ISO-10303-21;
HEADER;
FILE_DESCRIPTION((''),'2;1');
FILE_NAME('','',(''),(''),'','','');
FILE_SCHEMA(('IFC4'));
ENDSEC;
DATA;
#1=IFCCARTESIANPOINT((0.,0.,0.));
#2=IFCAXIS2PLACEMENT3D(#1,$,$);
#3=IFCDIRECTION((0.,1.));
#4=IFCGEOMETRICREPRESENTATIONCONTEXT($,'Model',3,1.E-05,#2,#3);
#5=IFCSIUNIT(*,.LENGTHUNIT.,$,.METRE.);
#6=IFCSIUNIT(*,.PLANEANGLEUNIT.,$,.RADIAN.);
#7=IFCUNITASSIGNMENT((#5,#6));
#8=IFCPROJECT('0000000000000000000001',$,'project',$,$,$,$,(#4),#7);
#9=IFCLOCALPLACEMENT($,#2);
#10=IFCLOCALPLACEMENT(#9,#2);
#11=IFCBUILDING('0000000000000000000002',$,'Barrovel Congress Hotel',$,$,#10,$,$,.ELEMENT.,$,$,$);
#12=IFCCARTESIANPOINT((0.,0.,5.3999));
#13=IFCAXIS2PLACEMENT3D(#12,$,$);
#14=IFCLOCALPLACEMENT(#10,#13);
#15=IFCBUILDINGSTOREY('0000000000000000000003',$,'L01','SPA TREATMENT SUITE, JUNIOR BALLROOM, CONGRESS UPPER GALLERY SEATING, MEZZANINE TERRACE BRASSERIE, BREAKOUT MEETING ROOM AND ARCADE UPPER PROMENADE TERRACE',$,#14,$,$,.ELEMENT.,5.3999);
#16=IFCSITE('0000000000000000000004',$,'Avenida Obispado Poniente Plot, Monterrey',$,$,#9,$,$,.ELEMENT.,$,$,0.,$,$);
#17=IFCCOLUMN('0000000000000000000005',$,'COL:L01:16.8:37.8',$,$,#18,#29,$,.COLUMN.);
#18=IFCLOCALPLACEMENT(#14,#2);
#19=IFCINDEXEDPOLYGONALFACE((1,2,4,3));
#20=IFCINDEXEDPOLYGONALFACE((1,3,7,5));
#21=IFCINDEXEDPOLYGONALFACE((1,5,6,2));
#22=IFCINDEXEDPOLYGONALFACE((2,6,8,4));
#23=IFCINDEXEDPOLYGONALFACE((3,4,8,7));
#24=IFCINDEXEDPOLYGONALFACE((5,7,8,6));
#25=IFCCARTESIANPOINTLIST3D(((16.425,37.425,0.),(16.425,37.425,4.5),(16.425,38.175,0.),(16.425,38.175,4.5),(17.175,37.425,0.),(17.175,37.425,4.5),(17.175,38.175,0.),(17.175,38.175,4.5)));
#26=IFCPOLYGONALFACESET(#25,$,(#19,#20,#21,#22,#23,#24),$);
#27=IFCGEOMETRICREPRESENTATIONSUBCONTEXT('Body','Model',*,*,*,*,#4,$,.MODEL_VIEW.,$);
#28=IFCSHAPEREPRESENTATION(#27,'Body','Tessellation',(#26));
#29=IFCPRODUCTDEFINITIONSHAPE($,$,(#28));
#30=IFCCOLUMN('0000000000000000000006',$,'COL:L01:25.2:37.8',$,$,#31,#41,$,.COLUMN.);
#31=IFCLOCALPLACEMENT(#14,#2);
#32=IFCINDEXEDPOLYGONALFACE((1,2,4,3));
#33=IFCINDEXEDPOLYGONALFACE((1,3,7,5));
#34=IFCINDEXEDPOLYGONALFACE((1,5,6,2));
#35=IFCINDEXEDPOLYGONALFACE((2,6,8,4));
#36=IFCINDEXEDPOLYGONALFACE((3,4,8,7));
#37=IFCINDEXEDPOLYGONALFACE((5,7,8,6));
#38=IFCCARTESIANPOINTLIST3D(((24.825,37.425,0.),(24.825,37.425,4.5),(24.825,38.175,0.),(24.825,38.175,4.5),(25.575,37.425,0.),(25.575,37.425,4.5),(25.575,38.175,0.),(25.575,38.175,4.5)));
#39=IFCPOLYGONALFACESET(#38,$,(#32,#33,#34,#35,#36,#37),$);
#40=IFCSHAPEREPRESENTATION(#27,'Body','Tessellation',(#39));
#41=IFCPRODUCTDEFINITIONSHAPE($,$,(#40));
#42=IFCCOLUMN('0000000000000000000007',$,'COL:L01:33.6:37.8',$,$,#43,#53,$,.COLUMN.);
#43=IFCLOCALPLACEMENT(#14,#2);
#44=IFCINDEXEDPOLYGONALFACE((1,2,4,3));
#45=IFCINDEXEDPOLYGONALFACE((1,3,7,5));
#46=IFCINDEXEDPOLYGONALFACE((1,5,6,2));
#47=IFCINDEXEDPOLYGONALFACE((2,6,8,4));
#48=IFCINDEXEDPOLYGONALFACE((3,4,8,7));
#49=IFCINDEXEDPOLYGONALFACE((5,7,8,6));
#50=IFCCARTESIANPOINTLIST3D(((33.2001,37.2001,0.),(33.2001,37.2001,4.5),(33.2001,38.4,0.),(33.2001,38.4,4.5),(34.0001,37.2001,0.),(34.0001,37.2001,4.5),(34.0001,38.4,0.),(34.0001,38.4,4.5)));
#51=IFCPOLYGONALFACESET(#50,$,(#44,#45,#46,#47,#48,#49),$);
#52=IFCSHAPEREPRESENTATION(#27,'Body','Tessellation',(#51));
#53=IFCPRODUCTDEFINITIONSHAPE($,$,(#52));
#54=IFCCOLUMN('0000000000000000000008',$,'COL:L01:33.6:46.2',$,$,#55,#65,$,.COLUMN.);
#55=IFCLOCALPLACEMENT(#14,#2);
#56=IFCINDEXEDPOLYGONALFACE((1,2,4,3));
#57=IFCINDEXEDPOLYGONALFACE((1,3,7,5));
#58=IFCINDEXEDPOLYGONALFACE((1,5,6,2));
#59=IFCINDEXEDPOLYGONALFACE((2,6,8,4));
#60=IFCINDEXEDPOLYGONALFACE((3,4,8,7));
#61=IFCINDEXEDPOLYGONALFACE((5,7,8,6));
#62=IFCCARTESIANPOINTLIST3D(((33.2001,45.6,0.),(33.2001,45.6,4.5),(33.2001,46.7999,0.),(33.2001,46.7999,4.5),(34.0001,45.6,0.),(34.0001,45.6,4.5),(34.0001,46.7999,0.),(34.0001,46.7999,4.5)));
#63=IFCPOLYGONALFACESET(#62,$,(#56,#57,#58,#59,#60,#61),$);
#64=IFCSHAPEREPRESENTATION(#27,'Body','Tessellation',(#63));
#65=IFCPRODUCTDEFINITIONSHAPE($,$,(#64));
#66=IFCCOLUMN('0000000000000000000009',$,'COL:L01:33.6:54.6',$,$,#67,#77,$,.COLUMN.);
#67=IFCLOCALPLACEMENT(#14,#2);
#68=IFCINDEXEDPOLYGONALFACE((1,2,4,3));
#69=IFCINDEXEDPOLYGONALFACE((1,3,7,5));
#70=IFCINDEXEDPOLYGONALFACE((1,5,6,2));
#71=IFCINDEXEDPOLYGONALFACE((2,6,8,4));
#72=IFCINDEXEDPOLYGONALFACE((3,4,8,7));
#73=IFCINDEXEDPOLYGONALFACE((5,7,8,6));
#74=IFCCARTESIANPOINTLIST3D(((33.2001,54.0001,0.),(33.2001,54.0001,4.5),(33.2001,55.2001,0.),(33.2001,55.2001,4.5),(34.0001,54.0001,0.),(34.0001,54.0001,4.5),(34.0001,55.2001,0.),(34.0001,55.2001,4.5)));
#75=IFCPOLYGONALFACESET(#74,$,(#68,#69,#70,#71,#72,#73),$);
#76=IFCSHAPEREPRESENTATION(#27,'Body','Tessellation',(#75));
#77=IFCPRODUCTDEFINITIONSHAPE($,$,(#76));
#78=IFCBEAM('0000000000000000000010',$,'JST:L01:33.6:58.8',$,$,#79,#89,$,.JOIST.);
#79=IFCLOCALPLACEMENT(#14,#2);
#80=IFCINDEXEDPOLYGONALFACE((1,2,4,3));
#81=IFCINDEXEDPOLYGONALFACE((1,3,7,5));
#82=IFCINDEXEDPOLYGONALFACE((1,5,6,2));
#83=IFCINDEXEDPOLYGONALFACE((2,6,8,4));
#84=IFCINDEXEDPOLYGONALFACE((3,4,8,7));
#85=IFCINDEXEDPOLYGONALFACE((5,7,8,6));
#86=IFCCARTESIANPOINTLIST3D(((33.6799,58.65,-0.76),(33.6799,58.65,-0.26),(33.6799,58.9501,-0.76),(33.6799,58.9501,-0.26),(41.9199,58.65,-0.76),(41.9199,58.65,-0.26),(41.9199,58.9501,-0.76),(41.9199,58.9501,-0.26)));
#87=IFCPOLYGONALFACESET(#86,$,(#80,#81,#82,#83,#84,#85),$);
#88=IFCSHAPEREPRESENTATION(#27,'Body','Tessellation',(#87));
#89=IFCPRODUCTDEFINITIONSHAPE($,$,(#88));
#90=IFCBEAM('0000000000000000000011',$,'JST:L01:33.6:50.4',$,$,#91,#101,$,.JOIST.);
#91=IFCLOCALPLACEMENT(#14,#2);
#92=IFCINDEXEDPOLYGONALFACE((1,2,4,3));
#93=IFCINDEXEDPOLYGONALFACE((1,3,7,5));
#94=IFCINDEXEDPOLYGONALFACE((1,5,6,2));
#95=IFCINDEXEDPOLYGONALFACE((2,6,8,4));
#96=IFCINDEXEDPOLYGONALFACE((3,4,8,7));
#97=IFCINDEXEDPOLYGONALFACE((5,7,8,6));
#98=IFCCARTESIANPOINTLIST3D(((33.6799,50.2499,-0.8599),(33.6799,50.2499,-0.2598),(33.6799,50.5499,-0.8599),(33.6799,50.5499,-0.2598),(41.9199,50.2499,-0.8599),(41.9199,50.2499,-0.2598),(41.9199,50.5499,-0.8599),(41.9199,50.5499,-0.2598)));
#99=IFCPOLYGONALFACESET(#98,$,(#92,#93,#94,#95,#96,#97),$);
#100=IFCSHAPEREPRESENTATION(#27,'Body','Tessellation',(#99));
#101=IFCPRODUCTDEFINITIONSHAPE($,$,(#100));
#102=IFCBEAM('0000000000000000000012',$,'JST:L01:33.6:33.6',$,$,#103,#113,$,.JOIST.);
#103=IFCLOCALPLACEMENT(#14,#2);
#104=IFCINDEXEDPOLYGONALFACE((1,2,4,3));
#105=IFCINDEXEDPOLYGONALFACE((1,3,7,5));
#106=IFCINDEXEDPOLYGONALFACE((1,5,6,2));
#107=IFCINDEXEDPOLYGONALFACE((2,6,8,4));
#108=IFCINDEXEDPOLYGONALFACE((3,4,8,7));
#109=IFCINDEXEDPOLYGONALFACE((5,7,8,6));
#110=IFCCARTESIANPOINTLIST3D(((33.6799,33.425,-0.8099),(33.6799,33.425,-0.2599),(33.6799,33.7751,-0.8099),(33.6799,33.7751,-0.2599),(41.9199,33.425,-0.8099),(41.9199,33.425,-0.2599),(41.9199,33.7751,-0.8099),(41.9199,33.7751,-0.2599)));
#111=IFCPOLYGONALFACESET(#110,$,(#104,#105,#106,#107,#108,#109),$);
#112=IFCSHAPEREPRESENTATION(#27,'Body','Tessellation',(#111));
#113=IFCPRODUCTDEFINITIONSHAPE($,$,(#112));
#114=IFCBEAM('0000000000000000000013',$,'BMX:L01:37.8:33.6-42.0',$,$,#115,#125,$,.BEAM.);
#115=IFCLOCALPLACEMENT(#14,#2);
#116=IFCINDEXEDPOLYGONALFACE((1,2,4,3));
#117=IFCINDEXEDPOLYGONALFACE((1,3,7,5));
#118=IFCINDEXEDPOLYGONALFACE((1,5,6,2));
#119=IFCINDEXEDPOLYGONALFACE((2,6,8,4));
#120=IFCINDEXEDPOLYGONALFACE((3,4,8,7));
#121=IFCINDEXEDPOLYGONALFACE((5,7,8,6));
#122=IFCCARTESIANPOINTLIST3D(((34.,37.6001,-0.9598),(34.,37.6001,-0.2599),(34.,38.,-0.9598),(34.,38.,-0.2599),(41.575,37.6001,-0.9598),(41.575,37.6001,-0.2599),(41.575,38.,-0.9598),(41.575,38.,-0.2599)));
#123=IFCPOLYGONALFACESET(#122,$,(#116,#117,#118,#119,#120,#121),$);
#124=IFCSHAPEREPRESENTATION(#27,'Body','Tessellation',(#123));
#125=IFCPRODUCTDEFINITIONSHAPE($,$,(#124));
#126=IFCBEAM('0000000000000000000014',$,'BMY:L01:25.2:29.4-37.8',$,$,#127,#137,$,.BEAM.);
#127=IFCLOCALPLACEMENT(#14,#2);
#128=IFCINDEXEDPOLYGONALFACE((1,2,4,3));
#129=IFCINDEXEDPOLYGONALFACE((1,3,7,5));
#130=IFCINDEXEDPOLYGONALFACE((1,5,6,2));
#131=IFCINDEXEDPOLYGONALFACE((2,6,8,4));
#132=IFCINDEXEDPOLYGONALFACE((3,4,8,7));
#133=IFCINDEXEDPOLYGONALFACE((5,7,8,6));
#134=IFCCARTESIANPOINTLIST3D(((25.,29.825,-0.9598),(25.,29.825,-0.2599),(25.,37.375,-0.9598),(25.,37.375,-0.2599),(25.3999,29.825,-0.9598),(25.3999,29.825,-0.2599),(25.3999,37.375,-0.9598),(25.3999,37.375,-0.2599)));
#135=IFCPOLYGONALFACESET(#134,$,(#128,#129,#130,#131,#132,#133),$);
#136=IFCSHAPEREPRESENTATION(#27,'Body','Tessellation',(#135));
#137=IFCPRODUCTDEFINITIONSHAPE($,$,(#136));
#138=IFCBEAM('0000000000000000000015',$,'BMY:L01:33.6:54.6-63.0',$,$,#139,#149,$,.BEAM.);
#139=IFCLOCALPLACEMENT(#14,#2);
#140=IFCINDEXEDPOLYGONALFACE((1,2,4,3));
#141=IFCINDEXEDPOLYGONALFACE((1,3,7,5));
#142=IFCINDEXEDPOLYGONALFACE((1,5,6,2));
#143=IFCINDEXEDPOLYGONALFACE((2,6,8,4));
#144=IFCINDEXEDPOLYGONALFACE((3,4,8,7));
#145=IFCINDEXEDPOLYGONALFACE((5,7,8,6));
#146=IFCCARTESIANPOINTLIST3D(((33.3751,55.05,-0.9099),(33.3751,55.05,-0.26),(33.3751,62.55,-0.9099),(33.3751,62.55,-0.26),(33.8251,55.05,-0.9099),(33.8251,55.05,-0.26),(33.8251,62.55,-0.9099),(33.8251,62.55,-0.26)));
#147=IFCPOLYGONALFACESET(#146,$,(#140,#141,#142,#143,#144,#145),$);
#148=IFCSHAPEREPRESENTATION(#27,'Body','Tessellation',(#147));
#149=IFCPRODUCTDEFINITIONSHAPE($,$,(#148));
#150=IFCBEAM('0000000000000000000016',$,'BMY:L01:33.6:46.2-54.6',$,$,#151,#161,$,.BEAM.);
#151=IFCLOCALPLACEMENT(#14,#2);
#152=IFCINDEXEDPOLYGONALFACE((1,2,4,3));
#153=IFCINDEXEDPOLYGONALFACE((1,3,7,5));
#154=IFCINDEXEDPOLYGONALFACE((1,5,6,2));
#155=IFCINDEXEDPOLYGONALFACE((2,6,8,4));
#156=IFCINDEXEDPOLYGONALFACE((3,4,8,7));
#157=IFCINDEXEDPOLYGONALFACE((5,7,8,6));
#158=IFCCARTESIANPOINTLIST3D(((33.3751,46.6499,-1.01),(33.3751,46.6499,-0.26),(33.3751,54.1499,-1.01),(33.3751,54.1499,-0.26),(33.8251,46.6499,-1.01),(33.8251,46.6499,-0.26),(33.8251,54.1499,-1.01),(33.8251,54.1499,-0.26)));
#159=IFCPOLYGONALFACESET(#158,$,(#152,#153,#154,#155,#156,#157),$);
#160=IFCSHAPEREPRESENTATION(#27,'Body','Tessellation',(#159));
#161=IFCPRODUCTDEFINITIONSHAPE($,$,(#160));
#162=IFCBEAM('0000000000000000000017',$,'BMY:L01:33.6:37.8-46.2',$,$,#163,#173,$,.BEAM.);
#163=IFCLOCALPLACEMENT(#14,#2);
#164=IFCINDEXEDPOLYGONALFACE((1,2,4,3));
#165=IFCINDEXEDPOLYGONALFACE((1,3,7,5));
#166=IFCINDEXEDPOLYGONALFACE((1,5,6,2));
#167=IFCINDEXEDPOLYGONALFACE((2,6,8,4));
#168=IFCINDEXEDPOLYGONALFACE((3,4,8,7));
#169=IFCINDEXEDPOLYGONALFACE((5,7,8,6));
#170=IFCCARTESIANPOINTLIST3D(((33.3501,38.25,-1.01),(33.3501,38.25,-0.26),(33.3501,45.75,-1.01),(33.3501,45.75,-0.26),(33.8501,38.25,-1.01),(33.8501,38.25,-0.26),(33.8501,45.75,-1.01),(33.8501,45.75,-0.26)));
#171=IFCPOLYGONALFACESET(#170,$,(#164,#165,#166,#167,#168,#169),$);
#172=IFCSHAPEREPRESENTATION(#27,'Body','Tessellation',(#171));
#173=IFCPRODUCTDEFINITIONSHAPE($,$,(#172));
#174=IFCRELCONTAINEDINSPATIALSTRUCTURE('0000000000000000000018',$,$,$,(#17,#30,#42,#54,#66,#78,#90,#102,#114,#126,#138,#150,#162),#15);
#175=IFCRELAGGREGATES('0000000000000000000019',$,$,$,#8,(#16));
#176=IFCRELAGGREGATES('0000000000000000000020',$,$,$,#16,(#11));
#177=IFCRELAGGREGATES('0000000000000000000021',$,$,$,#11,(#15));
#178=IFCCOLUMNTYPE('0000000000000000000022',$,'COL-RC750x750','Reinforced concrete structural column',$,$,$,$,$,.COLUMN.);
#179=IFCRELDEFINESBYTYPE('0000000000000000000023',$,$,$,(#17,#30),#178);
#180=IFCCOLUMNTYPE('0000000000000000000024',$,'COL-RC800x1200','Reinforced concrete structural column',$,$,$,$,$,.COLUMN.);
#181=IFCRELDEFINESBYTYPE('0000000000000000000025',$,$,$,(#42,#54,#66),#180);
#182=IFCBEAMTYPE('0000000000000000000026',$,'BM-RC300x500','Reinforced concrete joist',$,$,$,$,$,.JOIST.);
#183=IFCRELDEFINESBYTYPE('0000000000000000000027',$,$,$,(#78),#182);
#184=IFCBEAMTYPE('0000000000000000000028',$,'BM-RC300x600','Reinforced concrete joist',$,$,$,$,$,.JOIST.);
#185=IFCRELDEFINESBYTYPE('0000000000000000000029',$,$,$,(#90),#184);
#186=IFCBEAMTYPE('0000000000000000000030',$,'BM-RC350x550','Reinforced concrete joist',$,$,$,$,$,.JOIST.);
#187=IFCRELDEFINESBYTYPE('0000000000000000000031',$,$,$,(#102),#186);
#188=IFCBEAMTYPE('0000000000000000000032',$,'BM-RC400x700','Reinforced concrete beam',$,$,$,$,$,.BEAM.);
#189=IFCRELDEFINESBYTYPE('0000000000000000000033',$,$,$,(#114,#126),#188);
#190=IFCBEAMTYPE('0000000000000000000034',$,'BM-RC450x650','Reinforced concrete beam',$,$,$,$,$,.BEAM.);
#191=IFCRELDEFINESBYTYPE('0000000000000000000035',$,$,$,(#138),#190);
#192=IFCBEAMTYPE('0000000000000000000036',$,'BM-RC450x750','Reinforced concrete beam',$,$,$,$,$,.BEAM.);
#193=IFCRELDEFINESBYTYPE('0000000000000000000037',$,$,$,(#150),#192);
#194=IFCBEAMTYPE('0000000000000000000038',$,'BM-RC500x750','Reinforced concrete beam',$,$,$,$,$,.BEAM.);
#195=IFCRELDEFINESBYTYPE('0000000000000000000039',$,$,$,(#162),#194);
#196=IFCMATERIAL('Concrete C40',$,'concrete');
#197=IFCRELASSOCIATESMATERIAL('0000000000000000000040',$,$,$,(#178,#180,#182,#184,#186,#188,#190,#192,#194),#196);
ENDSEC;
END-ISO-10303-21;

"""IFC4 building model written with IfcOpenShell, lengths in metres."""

from ifc_helpers import new_model, si_unit, direction, frame, origin, origin_2d, place, context, subcontext, project, spatial, rectangle, extrude, material, material_profile, profile_set, type_object, element, save


model = new_model("IFC4")

# Units and contexts
model_context = context("Model", 3, precision=1e-05, world=origin(), true_north=direction((0.0, 1.0)))
body_context = subcontext(model_context, "Body", "Model", "MODEL_VIEW")
ifc_project = project(units=[si_unit("LENGTHUNIT", "METRE"), si_unit("PLANEANGLEUNIT", "RADIAN")], contexts=[model_context])

# Site, building, storey
site_placement = place(None, origin())
site = spatial("IfcSite", under=ifc_project, at=site_placement, Name="Avenida Obispado Poniente Plot, Monterrey", CompositionType="ELEMENT", RefElevation=0.0)
building_placement = place(site_placement, origin())
building = spatial("IfcBuilding", under=site, at=building_placement, Name="Barrovel Congress Hotel", CompositionType="ELEMENT")
storey_placement = place(building_placement, frame((0.0, 0.0, 5.3999)))
storey = spatial("IfcBuildingStorey", under=building, at=storey_placement, Name="L01", Description="SPA TREATMENT SUITE, JUNIOR BALLROOM, CONGRESS UPPER GALLERY SEATING, MEZZANINE TERRACE BRASSERIE, BREAKOUT MEETING ROOM AND ARCADE UPPER PROMENADE TERRACE", CompositionType="ELEMENT", Elevation=5.3999)

# Columns
ifc_material_1 = material(Name="Concrete C40", Category="concrete")
ifc_material_profile_1 = material_profile(ifc_material_1, rectangle(XDim=0.75, YDim=0.75, at=origin_2d()), Name="RC750x750")
ifc_profile_set_1 = profile_set([ifc_material_profile_1], Name="Concrete C40")
column_type_1 = type_object("IfcColumnType", Name="COL-RC750x750", Description="Reinforced concrete structural column", PredefinedType="COLUMN", material=ifc_profile_set_1)
for number, where, z_axis, x_axis, name in (
    (1, (16.8, 37.8, 0.0), (0.0, 0.0, 1.0), (1.0, 0.0, 0.0), "COL:L01:16.8:37.8"),
    (2, (25.2, 37.8, 0.0), (0.0, 0.0, 1.0), (1.0, 0.0, 0.0), "COL:L01:25.2:37.8"),
):
    element("IfcColumn", number, at=place(storey_placement, frame(where, z_axis=z_axis, x_axis=x_axis)), inside=storey, type_object=column_type_1, Name=name, PredefinedType="COLUMN", context=body_context, shape_type="SweptSolid", body=[
        extrude(rectangle(XDim=0.75, YDim=0.75, at=origin_2d()), origin(), (0.0, 0.0, 1.0), 4.5),
    ])
ifc_material_profile_2 = material_profile(ifc_material_1, rectangle(XDim=0.8, YDim=1.2, at=origin_2d()), Name="RC800x1200")
ifc_profile_set_2 = profile_set([ifc_material_profile_2], Name="Concrete C40")
column_type_2 = type_object("IfcColumnType", Name="COL-RC800x1200", Description="Reinforced concrete structural column", PredefinedType="COLUMN", material=ifc_profile_set_2)
for number, where, z_axis, x_axis, name in (
    (3, (33.6001, 37.8, 0.0), (0.0, 0.0, 1.0), (1.0, 0.0, 0.0), "COL:L01:33.6:37.8"),
    (4, (33.6001, 46.2, 0.0), (0.0, 0.0, 1.0), (1.0, 0.0, 0.0), "COL:L01:33.6:46.2"),
    (5, (33.6001, 54.6001, 0.0), (0.0, 0.0, 1.0), (1.0, 0.0, 0.0), "COL:L01:33.6:54.6"),
):
    element("IfcColumn", number, at=place(storey_placement, frame(where, z_axis=z_axis, x_axis=x_axis)), inside=storey, type_object=column_type_2, Name=name, PredefinedType="COLUMN", context=body_context, shape_type="SweptSolid", body=[
        extrude(rectangle(XDim=0.8, YDim=1.2, at=origin_2d()), origin(), (0.0, 0.0, 1.0), 4.5),
    ])

# Beams
ifc_material_profile_3 = material_profile(ifc_material_1, rectangle(XDim=0.3, YDim=0.5, at=origin_2d()), Name="RC300x500")
ifc_profile_set_3 = profile_set([ifc_material_profile_3], Name="Concrete C40")
beam_type_1 = type_object("IfcBeamType", Name="BM-RC300x500", Description="Reinforced concrete joist", PredefinedType="JOIST", material=ifc_profile_set_3)
beam_1_placement = place(storey_placement, frame((33.6799, 58.8, -0.51), z_axis=(1.0, 0.0, 0.0), x_axis=(0.0, 1.0, 0.0)))
element("IfcBeam", 6, at=beam_1_placement, inside=storey, type_object=beam_type_1, Name="JST:L01:33.6:58.8", PredefinedType="JOIST", context=body_context, shape_type="SweptSolid", body=[
    extrude(rectangle(XDim=0.3, YDim=0.5, at=origin_2d()), origin(), (0.0, 0.0, 1.0), 8.24),
])
ifc_material_profile_4 = material_profile(ifc_material_1, rectangle(XDim=0.3, YDim=0.6001, at=origin_2d()), Name="RC300x600")
ifc_profile_set_4 = profile_set([ifc_material_profile_4], Name="Concrete C40")
beam_type_2 = type_object("IfcBeamType", Name="BM-RC300x600", Description="Reinforced concrete joist", PredefinedType="JOIST", material=ifc_profile_set_4)
beam_2_placement = place(storey_placement, frame((33.6799, 50.3999, -0.5598), z_axis=(1.0, 0.0, 0.0), x_axis=(0.0, 1.0, 0.0)))
element("IfcBeam", 7, at=beam_2_placement, inside=storey, type_object=beam_type_2, Name="JST:L01:33.6:50.4", PredefinedType="JOIST", context=body_context, shape_type="SweptSolid", body=[
    extrude(rectangle(XDim=0.3, YDim=0.6001, at=origin_2d()), origin(), (0.0, 0.0, 1.0), 8.24),
])
ifc_material_profile_5 = material_profile(ifc_material_1, rectangle(XDim=0.3501, YDim=0.55, at=origin_2d()), Name="RC350x550")
ifc_profile_set_5 = profile_set([ifc_material_profile_5], Name="Concrete C40")
beam_type_3 = type_object("IfcBeamType", Name="BM-RC350x550", Description="Reinforced concrete joist", PredefinedType="JOIST", material=ifc_profile_set_5)
beam_3_placement = place(storey_placement, frame((33.6799, 33.6001, -0.5349), z_axis=(1.0, 0.0, 0.0), x_axis=(0.0, 1.0, 0.0)))
element("IfcBeam", 8, at=beam_3_placement, inside=storey, type_object=beam_type_3, Name="JST:L01:33.6:33.6", PredefinedType="JOIST", context=body_context, shape_type="SweptSolid", body=[
    extrude(rectangle(XDim=0.3501, YDim=0.55, at=origin_2d()), origin(), (0.0, 0.0, 1.0), 8.24),
])
ifc_material_profile_6 = material_profile(ifc_material_1, rectangle(XDim=0.3999, YDim=0.7, at=origin_2d()), Name="RC400x700")
ifc_profile_set_6 = profile_set([ifc_material_profile_6], Name="Concrete C40")
beam_type_4 = type_object("IfcBeamType", Name="BM-RC400x700", Description="Reinforced concrete beam", PredefinedType="BEAM", material=ifc_profile_set_6)
beam_4_placement = place(storey_placement, frame((34.0, 37.8, -0.6099), z_axis=(1.0, 0.0, 0.0), x_axis=(0.0, 1.0, 0.0)))
element("IfcBeam", 9, at=beam_4_placement, inside=storey, type_object=beam_type_4, Name="BMX:L01:37.8:33.6-42.0", PredefinedType="BEAM", context=body_context, shape_type="SweptSolid", body=[
    extrude(rectangle(XDim=0.3999, YDim=0.7, at=origin_2d()), origin(), (0.0, 0.0, 1.0), 7.575),
])
beam_5_placement = place(storey_placement, frame((25.2, 29.825, -0.6099), z_axis=(0.0, 1.0, 0.0), x_axis=(-1.0, 0.0, 0.0)))
element("IfcBeam", 10, at=beam_5_placement, inside=storey, type_object=beam_type_4, Name="BMY:L01:25.2:29.4-37.8", PredefinedType="BEAM", context=body_context, shape_type="SweptSolid", body=[
    extrude(rectangle(XDim=0.3999, YDim=0.7, at=origin_2d()), origin(), (0.0, 0.0, 1.0), 7.55),
])
ifc_material_profile_7 = material_profile(ifc_material_1, rectangle(XDim=0.45, YDim=0.6499, at=origin_2d()), Name="RC450x650")
ifc_profile_set_7 = profile_set([ifc_material_profile_7], Name="Concrete C40")
beam_type_5 = type_object("IfcBeamType", Name="BM-RC450x650", Description="Reinforced concrete beam", PredefinedType="BEAM", material=ifc_profile_set_7)
beam_6_placement = place(storey_placement, frame((33.6001, 55.05, -0.585), z_axis=(0.0, 1.0, 0.0), x_axis=(-1.0, 0.0, 0.0)))
element("IfcBeam", 11, at=beam_6_placement, inside=storey, type_object=beam_type_5, Name="BMY:L01:33.6:54.6-63.0", PredefinedType="BEAM", context=body_context, shape_type="SweptSolid", body=[
    extrude(rectangle(XDim=0.45, YDim=0.6499, at=origin_2d()), origin(), (0.0, 0.0, 1.0), 7.5),
])
ifc_material_profile_8 = material_profile(ifc_material_1, rectangle(XDim=0.45, YDim=0.75, at=origin_2d()), Name="RC450x750")
ifc_profile_set_8 = profile_set([ifc_material_profile_8], Name="Concrete C40")
beam_type_6 = type_object("IfcBeamType", Name="BM-RC450x750", Description="Reinforced concrete beam", PredefinedType="BEAM", material=ifc_profile_set_8)
beam_7_placement = place(storey_placement, frame((33.6001, 46.6499, -0.635), z_axis=(0.0, 1.0, 0.0), x_axis=(-1.0, 0.0, 0.0)))
element("IfcBeam", 12, at=beam_7_placement, inside=storey, type_object=beam_type_6, Name="BMY:L01:33.6:46.2-54.6", PredefinedType="BEAM", context=body_context, shape_type="SweptSolid", body=[
    extrude(rectangle(XDim=0.45, YDim=0.75, at=origin_2d()), origin(), (0.0, 0.0, 1.0), 7.5),
])
ifc_material_profile_9 = material_profile(ifc_material_1, rectangle(XDim=0.5, YDim=0.75, at=origin_2d()), Name="RC500x750")
ifc_profile_set_9 = profile_set([ifc_material_profile_9], Name="Concrete C40")
beam_type_7 = type_object("IfcBeamType", Name="BM-RC500x750", Description="Reinforced concrete beam", PredefinedType="BEAM", material=ifc_profile_set_9)
beam_8_placement = place(storey_placement, frame((33.6001, 38.25, -0.635), z_axis=(0.0, 1.0, 0.0), x_axis=(-1.0, 0.0, 0.0)))
element("IfcBeam", 13, at=beam_8_placement, inside=storey, type_object=beam_type_7, Name="BMY:L01:33.6:37.8-46.2", PredefinedType="BEAM", context=body_context, shape_type="SweptSolid", body=[
    extrude(rectangle(XDim=0.5, YDim=0.75, at=origin_2d()), origin(), (0.0, 0.0, 1.0), 7.5),
])

save(model, "model.ifc")
